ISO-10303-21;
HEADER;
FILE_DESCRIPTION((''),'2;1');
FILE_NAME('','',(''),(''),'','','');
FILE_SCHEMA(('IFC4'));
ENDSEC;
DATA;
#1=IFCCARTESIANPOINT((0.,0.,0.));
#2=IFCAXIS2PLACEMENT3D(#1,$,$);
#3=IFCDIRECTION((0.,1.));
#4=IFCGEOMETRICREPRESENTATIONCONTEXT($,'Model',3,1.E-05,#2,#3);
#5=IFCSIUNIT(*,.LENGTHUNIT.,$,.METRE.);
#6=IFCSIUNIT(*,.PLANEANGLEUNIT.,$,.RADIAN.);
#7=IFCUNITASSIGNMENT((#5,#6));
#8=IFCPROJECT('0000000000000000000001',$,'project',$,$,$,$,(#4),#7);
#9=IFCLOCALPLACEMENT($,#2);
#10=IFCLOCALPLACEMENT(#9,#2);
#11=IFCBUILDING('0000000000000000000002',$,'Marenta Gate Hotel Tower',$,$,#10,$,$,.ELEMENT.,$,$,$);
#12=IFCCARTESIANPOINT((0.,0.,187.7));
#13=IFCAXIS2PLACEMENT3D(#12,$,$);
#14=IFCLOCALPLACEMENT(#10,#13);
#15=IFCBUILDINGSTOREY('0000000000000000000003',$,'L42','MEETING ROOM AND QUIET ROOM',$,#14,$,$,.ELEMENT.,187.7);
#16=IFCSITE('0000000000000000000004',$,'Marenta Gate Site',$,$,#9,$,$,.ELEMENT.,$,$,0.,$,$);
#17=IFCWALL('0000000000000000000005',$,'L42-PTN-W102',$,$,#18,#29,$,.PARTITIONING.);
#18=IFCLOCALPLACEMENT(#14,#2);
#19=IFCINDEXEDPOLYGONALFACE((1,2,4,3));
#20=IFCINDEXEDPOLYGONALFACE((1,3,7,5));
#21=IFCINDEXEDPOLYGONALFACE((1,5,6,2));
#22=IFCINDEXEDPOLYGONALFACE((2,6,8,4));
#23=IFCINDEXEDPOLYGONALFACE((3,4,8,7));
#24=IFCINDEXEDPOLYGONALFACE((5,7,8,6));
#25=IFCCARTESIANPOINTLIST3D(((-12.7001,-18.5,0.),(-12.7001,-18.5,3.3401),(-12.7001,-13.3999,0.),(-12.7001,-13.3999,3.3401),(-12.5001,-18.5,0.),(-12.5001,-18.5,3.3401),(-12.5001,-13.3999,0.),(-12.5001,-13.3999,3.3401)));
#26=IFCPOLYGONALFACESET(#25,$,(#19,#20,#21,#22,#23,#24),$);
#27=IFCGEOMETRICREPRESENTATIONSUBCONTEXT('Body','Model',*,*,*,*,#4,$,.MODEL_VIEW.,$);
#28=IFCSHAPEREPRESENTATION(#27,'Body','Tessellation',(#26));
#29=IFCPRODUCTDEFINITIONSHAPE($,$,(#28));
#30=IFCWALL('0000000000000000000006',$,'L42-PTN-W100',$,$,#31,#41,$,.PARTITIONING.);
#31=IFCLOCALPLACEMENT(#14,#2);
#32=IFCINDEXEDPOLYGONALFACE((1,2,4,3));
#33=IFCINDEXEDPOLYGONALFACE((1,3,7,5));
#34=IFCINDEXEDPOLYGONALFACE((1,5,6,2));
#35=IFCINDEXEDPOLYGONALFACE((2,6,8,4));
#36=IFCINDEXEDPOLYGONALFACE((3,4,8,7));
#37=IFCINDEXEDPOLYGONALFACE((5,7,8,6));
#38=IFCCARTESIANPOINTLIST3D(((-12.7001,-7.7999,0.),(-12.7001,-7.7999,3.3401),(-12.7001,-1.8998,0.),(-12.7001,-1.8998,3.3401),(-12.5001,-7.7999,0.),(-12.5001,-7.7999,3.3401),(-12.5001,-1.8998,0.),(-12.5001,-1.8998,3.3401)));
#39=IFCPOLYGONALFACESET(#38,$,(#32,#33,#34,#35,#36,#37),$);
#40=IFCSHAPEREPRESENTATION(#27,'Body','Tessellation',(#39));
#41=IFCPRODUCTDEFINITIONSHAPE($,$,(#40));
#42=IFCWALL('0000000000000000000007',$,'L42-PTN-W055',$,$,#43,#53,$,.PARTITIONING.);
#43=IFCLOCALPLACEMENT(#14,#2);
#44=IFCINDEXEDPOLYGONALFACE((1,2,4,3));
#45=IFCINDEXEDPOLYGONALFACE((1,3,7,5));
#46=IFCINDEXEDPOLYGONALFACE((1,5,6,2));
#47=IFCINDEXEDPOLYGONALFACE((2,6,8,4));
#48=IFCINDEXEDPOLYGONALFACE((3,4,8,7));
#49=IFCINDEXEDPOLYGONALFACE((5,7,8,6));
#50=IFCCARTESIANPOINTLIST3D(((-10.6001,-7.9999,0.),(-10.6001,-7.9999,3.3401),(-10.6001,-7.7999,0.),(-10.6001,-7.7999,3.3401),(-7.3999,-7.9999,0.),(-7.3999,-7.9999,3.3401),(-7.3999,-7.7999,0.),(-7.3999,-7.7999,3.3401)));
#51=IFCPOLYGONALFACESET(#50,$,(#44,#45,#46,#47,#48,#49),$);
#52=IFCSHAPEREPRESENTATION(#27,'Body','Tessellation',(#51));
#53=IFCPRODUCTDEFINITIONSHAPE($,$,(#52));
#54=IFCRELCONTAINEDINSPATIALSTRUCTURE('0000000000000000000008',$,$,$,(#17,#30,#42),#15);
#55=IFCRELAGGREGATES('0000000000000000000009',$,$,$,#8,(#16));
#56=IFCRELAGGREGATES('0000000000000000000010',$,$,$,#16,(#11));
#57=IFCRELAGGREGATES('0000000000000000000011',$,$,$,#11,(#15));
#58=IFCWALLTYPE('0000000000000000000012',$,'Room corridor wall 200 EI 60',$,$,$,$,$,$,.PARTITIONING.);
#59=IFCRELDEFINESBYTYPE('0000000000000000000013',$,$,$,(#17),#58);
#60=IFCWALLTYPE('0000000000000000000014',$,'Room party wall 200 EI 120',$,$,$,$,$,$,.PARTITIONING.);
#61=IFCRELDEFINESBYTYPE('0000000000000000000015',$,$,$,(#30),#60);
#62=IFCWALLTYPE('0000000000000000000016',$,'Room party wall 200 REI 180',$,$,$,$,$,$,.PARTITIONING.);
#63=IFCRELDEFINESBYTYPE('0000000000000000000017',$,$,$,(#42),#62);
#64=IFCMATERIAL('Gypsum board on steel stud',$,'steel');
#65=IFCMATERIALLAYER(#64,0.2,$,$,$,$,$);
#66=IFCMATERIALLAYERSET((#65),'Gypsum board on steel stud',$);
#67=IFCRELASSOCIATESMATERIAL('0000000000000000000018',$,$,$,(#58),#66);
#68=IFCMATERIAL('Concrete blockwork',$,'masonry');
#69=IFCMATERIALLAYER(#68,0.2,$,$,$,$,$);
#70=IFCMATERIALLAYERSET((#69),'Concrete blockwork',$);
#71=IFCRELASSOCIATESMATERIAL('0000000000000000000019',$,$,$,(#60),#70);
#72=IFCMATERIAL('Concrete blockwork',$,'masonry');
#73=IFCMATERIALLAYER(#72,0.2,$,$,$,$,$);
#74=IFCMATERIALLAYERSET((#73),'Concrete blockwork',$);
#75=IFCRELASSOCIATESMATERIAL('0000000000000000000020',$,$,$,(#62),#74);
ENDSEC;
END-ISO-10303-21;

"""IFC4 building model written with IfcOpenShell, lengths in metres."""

from ifc_helpers import new_model, si_unit, direction, frame, frame_2d, origin, place, context, subcontext, project, spatial, rectangle, extrude, material, layer, layer_set, type_object, element, save


model = new_model("IFC4")

# Units and contexts
model_context = context("Model", 3, precision=1e-05, world=origin(), true_north=direction((0.0, 1.0)))
body_context = subcontext(model_context, "Body", "Model", "MODEL_VIEW")
ifc_project = project(units=[si_unit("LENGTHUNIT", "METRE"), si_unit("PLANEANGLEUNIT", "RADIAN")], contexts=[model_context])

# Site, building, storey
site_placement = place(None, origin())
site = spatial("IfcSite", under=ifc_project, at=site_placement, Name="Marenta Gate Site", CompositionType="ELEMENT", RefElevation=0.0)
building_placement = place(site_placement, origin())
building = spatial("IfcBuilding", under=site, at=building_placement, Name="Marenta Gate Hotel Tower", CompositionType="ELEMENT")
storey_placement = place(building_placement, frame((0.0, 0.0, 187.7)))
storey = spatial("IfcBuildingStorey", under=building, at=storey_placement, Name="L42", Description="MEETING ROOM AND QUIET ROOM", CompositionType="ELEMENT", Elevation=187.7)

# Shared definitions
ifc_material_1 = material(Name="Gypsum board on steel stud", Category="steel")
ifc_layer_1 = layer(ifc_material_1, 0.2)
ifc_layer_set_1 = layer_set([ifc_layer_1], Name="Gypsum board on steel stud")
wall_type_1 = type_object("IfcWallType", Name="Room corridor wall 200 EI 60", PredefinedType="PARTITIONING", material=ifc_layer_set_1)

# Wall
wall_1_placement = place(storey_placement, frame((-12.6001, -18.5, 0.0), z_axis=(0.0, 0.0, 1.0), x_axis=(0.0, 1.0, 0.0)))
element("IfcWall", 1, at=wall_1_placement, inside=storey, type_object=wall_type_1, Name="L42-PTN-W102", PredefinedType="PARTITIONING", context=body_context, shape_type="SweptSolid", body=[
    extrude(rectangle(XDim=5.1001, YDim=0.2, at=frame_2d((2.55, 0.0))), origin(), (0.0, 0.0, 1.0), 3.3401),
])

# Walls
ifc_material_2 = material(Name="Concrete blockwork", Category="masonry")
ifc_layer_2 = layer(ifc_material_2, 0.2)
ifc_layer_set_2 = layer_set([ifc_layer_2], Name="Concrete blockwork")
wall_type_2 = type_object("IfcWallType", Name="Room party wall 200 EI 120", PredefinedType="PARTITIONING", material=ifc_layer_set_2)
wall_2_placement = place(storey_placement, frame((-12.6001, -7.8, 0.0), z_axis=(0.0, 0.0, 1.0), x_axis=(0.0, 1.0, 0.0)))
element("IfcWall", 2, at=wall_2_placement, inside=storey, type_object=wall_type_2, Name="L42-PTN-W100", PredefinedType="PARTITIONING", context=body_context, shape_type="SweptSolid", body=[
    extrude(rectangle(XDim=5.9001, YDim=0.2, at=frame_2d((2.9502, 0.0))), origin(), (0.0, 0.0, 1.0), 3.3401),
])
ifc_material_3 = material(Name="Concrete blockwork", Category="masonry")
ifc_layer_3 = layer(ifc_material_3, 0.2)
ifc_layer_set_3 = layer_set([ifc_layer_3], Name="Concrete blockwork")
wall_type_3 = type_object("IfcWallType", Name="Room party wall 200 REI 180", PredefinedType="PARTITIONING", material=ifc_layer_set_3)
wall_3_placement = place(storey_placement, frame((-10.6001, -7.8999, 0.0), z_axis=(0.0, 0.0, 1.0), x_axis=(1.0, 0.0, 0.0)))
element("IfcWall", 3, at=wall_3_placement, inside=storey, type_object=wall_type_3, Name="L42-PTN-W055", PredefinedType="PARTITIONING", context=body_context, shape_type="SweptSolid", body=[
    extrude(rectangle(XDim=3.2002, YDim=0.2, at=frame_2d((1.6001, 0.0))), origin(), (0.0, 0.0, 1.0), 3.3401),
])

save(model, "model.ifc")
